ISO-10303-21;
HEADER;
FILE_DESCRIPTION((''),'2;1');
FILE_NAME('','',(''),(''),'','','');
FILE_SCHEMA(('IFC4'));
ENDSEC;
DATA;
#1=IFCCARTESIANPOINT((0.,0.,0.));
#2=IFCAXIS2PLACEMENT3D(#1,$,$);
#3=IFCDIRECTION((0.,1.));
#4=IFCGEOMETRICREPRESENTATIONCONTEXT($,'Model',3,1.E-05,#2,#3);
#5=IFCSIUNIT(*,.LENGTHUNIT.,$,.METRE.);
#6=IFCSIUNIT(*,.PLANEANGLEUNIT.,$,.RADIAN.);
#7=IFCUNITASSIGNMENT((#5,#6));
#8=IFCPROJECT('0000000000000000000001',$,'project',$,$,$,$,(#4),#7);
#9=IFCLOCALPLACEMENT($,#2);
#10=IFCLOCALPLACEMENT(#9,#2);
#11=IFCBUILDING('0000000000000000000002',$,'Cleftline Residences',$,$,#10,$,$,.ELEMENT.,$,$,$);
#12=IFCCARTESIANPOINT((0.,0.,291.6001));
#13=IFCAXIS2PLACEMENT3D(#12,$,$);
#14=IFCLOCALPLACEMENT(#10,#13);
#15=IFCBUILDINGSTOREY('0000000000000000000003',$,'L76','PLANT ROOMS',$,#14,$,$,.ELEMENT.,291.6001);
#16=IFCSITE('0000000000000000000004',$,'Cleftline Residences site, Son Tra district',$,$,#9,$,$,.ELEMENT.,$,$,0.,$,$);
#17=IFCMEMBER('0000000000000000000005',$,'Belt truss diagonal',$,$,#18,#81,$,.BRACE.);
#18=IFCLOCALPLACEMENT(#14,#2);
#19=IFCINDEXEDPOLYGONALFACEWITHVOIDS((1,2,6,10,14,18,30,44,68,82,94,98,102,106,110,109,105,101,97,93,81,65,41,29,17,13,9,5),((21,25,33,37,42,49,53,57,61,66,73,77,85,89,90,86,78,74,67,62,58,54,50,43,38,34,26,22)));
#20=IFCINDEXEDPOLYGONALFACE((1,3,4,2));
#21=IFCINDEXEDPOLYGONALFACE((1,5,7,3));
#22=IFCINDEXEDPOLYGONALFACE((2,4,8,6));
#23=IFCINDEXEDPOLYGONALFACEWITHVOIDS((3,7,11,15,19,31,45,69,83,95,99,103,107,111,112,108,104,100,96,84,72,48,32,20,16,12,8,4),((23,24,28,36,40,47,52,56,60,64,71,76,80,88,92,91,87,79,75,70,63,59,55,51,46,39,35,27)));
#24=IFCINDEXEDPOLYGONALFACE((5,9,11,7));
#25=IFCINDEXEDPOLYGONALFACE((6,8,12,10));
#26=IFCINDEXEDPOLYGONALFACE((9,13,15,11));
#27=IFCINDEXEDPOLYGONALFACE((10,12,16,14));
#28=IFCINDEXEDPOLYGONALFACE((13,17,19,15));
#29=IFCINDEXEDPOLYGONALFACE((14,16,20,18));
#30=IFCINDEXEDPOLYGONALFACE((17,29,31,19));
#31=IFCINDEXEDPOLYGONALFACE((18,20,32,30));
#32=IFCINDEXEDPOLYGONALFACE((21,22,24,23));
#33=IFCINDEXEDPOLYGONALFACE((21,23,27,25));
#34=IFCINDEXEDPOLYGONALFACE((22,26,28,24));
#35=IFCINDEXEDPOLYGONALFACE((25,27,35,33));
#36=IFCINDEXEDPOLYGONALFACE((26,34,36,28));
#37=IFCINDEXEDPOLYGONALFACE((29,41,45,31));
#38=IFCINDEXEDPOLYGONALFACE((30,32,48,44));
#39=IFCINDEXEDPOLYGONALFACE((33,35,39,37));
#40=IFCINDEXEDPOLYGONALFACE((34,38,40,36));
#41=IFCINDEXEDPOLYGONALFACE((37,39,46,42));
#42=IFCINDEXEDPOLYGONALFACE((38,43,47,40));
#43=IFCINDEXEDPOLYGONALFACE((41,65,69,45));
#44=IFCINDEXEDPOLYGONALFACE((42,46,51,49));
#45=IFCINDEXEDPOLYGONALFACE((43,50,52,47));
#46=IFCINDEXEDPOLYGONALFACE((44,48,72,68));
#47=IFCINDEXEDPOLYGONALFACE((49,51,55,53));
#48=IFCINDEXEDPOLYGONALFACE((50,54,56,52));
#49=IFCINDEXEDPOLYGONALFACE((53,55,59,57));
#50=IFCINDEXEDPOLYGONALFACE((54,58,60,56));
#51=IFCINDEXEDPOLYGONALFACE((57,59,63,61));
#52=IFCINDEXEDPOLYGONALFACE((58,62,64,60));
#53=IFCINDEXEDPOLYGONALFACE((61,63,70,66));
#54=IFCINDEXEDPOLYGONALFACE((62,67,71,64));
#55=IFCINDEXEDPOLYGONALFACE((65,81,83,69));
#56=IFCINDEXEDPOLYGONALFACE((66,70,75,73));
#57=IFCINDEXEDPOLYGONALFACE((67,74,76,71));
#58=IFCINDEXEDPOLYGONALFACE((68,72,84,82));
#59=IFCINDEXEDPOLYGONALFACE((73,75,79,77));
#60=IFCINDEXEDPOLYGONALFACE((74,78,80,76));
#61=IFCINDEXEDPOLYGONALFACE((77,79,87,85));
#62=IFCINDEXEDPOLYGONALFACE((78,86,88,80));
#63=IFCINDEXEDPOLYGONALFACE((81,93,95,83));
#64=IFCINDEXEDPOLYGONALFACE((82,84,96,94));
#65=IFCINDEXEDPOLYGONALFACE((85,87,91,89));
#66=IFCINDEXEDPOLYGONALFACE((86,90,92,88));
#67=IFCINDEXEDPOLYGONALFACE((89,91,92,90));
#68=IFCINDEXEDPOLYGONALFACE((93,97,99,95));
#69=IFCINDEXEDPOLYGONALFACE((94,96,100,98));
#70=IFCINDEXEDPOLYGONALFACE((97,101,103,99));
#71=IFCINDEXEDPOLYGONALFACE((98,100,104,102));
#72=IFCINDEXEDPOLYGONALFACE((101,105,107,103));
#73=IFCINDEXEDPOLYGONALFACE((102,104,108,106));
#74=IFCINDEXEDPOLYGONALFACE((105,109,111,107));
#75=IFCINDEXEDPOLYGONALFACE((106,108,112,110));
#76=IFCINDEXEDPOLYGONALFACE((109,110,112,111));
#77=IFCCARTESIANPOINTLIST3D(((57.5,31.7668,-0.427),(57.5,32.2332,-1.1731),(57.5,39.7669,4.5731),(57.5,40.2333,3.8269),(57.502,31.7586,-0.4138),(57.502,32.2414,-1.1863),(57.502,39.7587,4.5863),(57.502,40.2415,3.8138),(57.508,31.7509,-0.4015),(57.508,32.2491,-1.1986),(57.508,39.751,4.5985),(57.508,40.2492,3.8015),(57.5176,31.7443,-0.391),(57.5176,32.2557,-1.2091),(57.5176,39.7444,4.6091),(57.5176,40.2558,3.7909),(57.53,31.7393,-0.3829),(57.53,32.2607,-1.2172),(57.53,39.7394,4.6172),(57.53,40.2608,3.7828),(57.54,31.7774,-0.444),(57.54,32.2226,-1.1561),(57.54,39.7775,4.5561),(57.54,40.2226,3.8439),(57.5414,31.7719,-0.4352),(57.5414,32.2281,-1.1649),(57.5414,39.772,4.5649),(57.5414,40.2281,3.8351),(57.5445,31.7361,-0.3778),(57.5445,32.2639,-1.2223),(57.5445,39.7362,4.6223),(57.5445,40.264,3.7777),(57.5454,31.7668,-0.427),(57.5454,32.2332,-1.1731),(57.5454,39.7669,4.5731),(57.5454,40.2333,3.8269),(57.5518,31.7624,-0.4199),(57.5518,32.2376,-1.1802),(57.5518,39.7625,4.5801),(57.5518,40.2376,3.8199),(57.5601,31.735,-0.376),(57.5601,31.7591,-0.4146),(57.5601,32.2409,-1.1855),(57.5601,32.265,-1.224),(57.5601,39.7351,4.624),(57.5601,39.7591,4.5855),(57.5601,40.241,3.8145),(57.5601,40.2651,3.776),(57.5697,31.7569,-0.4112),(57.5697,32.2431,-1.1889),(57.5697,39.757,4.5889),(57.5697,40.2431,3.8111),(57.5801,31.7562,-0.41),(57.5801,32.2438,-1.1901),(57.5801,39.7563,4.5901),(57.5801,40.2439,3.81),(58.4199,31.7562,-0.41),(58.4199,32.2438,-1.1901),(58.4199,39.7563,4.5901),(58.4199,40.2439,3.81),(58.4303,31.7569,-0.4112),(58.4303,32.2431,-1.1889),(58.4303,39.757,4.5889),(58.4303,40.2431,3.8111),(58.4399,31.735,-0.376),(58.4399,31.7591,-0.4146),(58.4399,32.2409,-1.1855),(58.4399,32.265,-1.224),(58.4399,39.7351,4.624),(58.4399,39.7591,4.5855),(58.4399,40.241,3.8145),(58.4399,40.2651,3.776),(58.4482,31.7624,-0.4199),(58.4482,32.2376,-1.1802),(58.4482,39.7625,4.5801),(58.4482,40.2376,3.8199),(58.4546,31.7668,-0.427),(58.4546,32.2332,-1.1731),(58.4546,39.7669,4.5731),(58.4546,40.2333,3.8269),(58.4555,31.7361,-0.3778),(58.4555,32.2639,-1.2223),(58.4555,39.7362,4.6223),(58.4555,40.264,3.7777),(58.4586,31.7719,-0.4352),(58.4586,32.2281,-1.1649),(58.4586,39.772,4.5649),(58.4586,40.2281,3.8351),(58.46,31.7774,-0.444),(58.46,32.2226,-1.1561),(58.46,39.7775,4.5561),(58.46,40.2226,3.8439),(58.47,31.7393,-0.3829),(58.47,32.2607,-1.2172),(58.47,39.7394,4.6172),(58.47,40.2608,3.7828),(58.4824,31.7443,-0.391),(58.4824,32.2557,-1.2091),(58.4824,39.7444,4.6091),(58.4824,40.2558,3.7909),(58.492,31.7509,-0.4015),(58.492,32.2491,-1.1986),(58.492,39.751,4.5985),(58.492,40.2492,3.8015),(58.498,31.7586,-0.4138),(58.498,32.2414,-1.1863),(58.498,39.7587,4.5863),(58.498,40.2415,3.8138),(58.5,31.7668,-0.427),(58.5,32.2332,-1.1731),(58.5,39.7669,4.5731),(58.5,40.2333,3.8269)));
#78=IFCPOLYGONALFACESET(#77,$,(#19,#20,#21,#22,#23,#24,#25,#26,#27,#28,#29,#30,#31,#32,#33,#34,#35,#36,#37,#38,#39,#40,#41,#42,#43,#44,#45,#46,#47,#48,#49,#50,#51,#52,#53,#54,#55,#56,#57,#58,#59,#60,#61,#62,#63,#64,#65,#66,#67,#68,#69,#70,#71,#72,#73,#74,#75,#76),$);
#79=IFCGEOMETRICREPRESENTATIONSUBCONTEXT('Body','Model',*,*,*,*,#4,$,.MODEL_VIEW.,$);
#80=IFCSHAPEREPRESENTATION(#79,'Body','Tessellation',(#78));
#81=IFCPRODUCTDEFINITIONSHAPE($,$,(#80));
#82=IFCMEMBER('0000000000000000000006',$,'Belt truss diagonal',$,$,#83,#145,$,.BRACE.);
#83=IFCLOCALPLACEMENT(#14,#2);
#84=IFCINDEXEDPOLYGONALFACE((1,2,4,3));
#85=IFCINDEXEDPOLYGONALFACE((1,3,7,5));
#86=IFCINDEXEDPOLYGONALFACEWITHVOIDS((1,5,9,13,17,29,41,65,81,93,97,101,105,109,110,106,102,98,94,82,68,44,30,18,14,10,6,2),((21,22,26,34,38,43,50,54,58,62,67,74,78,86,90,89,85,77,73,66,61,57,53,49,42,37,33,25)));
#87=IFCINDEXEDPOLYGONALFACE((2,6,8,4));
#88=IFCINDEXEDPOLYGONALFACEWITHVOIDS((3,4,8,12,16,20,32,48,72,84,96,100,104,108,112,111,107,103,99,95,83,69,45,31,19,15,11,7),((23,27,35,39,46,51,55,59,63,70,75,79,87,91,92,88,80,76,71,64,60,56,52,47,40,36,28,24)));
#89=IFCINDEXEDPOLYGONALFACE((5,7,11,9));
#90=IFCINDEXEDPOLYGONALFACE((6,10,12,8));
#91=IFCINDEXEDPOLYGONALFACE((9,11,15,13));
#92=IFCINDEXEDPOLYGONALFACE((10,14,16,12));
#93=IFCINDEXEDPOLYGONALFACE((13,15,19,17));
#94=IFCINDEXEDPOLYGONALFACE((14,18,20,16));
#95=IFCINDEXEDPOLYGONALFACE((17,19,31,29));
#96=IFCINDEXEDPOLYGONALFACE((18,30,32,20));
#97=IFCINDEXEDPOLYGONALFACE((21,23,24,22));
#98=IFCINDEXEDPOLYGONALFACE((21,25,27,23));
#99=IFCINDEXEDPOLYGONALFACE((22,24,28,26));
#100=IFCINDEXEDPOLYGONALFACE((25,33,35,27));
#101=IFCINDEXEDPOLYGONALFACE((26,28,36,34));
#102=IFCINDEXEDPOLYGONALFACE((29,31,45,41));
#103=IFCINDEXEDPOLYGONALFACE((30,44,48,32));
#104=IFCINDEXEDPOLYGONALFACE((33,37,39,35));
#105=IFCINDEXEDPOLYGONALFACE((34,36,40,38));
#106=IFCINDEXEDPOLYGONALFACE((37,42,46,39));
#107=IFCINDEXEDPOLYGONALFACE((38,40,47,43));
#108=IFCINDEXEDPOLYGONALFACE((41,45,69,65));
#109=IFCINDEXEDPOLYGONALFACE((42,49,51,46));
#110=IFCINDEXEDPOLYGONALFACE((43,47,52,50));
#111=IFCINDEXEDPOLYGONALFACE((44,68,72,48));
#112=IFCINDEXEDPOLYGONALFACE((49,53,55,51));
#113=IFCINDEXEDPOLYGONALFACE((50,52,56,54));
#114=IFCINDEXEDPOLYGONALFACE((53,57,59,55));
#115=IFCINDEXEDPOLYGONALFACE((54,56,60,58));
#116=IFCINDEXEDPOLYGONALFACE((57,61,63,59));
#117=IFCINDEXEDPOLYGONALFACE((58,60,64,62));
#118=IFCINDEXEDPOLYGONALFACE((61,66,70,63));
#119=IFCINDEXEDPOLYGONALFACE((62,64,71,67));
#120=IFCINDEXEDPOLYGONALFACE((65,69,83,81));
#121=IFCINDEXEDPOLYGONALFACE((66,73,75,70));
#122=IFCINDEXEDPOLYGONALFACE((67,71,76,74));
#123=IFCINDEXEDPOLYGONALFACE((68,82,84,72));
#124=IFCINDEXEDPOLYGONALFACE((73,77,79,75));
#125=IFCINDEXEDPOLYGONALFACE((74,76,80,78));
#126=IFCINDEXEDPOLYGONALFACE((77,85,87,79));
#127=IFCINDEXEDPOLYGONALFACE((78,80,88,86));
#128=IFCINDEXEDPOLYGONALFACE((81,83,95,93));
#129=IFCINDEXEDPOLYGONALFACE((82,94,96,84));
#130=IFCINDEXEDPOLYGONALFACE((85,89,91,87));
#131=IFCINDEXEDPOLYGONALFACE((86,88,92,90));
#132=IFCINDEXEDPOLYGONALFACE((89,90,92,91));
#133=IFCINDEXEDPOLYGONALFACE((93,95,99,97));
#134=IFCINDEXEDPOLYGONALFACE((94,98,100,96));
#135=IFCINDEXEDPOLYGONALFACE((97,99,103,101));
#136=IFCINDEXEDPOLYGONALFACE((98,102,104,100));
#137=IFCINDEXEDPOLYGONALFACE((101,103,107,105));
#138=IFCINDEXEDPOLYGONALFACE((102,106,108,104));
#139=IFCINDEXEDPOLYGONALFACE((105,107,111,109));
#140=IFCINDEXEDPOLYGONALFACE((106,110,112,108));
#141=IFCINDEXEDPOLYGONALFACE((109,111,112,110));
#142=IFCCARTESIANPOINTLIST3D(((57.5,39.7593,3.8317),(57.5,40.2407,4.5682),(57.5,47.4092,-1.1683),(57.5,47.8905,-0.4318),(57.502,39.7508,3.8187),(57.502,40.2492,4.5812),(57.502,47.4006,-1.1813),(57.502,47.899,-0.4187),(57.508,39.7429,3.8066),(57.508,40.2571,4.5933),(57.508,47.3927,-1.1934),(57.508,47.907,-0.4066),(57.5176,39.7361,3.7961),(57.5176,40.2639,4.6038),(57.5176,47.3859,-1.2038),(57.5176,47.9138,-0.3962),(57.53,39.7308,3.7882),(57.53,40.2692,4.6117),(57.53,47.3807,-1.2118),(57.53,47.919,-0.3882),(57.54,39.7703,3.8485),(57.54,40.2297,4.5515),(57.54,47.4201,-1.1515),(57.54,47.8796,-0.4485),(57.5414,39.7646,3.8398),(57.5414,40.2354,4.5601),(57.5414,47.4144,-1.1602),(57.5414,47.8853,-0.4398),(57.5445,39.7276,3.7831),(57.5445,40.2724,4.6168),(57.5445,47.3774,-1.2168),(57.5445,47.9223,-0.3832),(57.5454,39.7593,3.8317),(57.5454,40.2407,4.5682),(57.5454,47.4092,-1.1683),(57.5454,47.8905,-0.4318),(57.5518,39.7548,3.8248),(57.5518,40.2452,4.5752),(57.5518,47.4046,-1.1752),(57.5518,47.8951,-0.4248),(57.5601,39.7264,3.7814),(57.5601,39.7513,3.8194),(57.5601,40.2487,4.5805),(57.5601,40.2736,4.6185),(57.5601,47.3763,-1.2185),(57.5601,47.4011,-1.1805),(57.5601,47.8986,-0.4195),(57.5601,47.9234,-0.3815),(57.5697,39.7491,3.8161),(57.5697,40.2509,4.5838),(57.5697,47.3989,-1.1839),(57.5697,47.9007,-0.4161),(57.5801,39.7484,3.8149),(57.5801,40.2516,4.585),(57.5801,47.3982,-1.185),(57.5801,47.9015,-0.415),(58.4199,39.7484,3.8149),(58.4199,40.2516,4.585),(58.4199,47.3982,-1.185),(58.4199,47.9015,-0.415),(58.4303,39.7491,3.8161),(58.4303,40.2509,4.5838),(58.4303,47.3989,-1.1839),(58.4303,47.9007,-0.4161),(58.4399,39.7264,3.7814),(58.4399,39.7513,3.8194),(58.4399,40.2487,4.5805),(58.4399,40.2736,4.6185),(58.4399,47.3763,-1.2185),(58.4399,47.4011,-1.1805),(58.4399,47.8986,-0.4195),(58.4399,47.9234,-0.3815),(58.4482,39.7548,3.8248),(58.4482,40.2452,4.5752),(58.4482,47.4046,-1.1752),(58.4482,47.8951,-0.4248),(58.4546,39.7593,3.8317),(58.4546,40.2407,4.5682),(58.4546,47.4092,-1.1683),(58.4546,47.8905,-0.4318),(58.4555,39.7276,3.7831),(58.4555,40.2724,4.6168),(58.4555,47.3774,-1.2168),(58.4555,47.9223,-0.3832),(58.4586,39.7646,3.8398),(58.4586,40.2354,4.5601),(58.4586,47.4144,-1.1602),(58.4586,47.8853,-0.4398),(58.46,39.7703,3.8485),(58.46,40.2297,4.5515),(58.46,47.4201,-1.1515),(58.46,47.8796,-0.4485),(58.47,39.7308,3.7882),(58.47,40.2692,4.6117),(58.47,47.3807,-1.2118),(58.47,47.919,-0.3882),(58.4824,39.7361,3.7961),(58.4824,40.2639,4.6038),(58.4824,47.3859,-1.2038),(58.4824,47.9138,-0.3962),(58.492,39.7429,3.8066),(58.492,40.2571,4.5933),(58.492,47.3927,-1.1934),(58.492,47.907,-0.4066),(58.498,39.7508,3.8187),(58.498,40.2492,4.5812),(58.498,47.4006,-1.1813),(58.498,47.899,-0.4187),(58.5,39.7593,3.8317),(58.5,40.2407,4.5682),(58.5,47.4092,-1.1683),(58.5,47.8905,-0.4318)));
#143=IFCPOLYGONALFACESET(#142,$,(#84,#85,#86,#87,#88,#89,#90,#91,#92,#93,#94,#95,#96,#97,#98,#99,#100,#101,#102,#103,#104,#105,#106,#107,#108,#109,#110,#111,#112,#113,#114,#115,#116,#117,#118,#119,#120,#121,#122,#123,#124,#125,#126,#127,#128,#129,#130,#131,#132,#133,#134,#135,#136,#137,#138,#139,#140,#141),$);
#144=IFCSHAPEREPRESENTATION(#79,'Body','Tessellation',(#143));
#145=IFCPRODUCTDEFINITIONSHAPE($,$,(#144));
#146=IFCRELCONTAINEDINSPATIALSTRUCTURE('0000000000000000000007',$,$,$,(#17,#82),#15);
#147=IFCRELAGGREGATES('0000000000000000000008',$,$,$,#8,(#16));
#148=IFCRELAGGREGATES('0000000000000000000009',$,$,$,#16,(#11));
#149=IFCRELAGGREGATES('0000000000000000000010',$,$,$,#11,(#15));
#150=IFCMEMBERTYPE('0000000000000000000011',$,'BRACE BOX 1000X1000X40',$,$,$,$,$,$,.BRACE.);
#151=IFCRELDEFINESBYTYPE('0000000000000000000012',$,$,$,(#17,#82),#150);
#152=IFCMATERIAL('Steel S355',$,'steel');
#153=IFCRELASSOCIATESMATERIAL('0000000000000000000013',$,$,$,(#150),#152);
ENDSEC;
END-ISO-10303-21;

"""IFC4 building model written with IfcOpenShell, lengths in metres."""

from ifc_helpers import new_model, si_unit, direction, frame, origin, origin_2d, place, context, subcontext, project, spatial, hollow_rectangle, extrude, material, material_profile, profile_set, type_object, element, save


model = new_model("IFC4")

# Units and contexts
model_context = context("Model", 3, precision=1e-05, world=origin(), true_north=direction((0.0, 1.0)))
body_context = subcontext(model_context, "Body", "Model", "MODEL_VIEW")
ifc_project = project(units=[si_unit("LENGTHUNIT", "METRE"), si_unit("PLANEANGLEUNIT", "RADIAN")], contexts=[model_context])

# Site, building, storey
site_placement = place(None, origin())
site = spatial("IfcSite", under=ifc_project, at=site_placement, Name="Cleftline Residences site, Son Tra district", CompositionType="ELEMENT", RefElevation=0.0)
building_placement = place(site_placement, origin())
building = spatial("IfcBuilding", under=site, at=building_placement, Name="Cleftline Residences", CompositionType="ELEMENT")
storey_placement = place(building_placement, frame((0.0, 0.0, 291.6001)))
storey = spatial("IfcBuildingStorey", under=building, at=storey_placement, Name="L76", Description="PLANT ROOMS", CompositionType="ELEMENT", Elevation=291.6001)

# Members
ifc_material_1 = material(Name="Steel S355", Category="steel")
ifc_material_profile_1 = material_profile(ifc_material_1, hollow_rectangle(XDim=1.0, YDim=1.0, WallThickness=0.04, InnerFilletRadius=0.04, OuterFilletRadius=0.0601, at=origin_2d()))
ifc_profile_set_1 = profile_set([ifc_material_profile_1], Name="Steel S355")
member_type_1 = type_object("IfcMemberType", Name="BRACE BOX 1000X1000X40", PredefinedType="BRACE", material=ifc_profile_set_1)
member_1_placement = place(storey_placement, frame((58.0, 32.0, -0.8), z_axis=(0.0, 0.847998, 0.529999), x_axis=(0.0, -0.529999, 0.847998)))
element("IfcMember", 1, at=member_1_placement, inside=storey, type_object=member_type_1, Name="Belt truss diagonal", PredefinedType="BRACE", context=body_context, shape_type="SweptSolid", body=[
    extrude(hollow_rectangle(XDim=1.0, YDim=1.0, WallThickness=0.04, InnerFilletRadius=0.04, OuterFilletRadius=0.0601, at=origin_2d()), origin(), (0.0, 0.0, 1.0), 9.4341),
])
member_2_placement = place(storey_placement, frame((58.0, 40.0, 4.2), z_axis=(0.0, 0.837063, -0.547107), x_axis=(0.0, 0.547107, 0.837063)))
element("IfcMember", 2, at=member_2_placement, inside=storey, type_object=member_type_1, Name="Belt truss diagonal", PredefinedType="BRACE", context=body_context, shape_type="SweptSolid", body=[
    extrude(hollow_rectangle(XDim=1.0, YDim=1.0, WallThickness=0.04, InnerFilletRadius=0.04, OuterFilletRadius=0.0601, at=origin_2d()), origin(), (0.0, 0.0, 1.0), 9.1389),
])

save(model, "model.ifc")
